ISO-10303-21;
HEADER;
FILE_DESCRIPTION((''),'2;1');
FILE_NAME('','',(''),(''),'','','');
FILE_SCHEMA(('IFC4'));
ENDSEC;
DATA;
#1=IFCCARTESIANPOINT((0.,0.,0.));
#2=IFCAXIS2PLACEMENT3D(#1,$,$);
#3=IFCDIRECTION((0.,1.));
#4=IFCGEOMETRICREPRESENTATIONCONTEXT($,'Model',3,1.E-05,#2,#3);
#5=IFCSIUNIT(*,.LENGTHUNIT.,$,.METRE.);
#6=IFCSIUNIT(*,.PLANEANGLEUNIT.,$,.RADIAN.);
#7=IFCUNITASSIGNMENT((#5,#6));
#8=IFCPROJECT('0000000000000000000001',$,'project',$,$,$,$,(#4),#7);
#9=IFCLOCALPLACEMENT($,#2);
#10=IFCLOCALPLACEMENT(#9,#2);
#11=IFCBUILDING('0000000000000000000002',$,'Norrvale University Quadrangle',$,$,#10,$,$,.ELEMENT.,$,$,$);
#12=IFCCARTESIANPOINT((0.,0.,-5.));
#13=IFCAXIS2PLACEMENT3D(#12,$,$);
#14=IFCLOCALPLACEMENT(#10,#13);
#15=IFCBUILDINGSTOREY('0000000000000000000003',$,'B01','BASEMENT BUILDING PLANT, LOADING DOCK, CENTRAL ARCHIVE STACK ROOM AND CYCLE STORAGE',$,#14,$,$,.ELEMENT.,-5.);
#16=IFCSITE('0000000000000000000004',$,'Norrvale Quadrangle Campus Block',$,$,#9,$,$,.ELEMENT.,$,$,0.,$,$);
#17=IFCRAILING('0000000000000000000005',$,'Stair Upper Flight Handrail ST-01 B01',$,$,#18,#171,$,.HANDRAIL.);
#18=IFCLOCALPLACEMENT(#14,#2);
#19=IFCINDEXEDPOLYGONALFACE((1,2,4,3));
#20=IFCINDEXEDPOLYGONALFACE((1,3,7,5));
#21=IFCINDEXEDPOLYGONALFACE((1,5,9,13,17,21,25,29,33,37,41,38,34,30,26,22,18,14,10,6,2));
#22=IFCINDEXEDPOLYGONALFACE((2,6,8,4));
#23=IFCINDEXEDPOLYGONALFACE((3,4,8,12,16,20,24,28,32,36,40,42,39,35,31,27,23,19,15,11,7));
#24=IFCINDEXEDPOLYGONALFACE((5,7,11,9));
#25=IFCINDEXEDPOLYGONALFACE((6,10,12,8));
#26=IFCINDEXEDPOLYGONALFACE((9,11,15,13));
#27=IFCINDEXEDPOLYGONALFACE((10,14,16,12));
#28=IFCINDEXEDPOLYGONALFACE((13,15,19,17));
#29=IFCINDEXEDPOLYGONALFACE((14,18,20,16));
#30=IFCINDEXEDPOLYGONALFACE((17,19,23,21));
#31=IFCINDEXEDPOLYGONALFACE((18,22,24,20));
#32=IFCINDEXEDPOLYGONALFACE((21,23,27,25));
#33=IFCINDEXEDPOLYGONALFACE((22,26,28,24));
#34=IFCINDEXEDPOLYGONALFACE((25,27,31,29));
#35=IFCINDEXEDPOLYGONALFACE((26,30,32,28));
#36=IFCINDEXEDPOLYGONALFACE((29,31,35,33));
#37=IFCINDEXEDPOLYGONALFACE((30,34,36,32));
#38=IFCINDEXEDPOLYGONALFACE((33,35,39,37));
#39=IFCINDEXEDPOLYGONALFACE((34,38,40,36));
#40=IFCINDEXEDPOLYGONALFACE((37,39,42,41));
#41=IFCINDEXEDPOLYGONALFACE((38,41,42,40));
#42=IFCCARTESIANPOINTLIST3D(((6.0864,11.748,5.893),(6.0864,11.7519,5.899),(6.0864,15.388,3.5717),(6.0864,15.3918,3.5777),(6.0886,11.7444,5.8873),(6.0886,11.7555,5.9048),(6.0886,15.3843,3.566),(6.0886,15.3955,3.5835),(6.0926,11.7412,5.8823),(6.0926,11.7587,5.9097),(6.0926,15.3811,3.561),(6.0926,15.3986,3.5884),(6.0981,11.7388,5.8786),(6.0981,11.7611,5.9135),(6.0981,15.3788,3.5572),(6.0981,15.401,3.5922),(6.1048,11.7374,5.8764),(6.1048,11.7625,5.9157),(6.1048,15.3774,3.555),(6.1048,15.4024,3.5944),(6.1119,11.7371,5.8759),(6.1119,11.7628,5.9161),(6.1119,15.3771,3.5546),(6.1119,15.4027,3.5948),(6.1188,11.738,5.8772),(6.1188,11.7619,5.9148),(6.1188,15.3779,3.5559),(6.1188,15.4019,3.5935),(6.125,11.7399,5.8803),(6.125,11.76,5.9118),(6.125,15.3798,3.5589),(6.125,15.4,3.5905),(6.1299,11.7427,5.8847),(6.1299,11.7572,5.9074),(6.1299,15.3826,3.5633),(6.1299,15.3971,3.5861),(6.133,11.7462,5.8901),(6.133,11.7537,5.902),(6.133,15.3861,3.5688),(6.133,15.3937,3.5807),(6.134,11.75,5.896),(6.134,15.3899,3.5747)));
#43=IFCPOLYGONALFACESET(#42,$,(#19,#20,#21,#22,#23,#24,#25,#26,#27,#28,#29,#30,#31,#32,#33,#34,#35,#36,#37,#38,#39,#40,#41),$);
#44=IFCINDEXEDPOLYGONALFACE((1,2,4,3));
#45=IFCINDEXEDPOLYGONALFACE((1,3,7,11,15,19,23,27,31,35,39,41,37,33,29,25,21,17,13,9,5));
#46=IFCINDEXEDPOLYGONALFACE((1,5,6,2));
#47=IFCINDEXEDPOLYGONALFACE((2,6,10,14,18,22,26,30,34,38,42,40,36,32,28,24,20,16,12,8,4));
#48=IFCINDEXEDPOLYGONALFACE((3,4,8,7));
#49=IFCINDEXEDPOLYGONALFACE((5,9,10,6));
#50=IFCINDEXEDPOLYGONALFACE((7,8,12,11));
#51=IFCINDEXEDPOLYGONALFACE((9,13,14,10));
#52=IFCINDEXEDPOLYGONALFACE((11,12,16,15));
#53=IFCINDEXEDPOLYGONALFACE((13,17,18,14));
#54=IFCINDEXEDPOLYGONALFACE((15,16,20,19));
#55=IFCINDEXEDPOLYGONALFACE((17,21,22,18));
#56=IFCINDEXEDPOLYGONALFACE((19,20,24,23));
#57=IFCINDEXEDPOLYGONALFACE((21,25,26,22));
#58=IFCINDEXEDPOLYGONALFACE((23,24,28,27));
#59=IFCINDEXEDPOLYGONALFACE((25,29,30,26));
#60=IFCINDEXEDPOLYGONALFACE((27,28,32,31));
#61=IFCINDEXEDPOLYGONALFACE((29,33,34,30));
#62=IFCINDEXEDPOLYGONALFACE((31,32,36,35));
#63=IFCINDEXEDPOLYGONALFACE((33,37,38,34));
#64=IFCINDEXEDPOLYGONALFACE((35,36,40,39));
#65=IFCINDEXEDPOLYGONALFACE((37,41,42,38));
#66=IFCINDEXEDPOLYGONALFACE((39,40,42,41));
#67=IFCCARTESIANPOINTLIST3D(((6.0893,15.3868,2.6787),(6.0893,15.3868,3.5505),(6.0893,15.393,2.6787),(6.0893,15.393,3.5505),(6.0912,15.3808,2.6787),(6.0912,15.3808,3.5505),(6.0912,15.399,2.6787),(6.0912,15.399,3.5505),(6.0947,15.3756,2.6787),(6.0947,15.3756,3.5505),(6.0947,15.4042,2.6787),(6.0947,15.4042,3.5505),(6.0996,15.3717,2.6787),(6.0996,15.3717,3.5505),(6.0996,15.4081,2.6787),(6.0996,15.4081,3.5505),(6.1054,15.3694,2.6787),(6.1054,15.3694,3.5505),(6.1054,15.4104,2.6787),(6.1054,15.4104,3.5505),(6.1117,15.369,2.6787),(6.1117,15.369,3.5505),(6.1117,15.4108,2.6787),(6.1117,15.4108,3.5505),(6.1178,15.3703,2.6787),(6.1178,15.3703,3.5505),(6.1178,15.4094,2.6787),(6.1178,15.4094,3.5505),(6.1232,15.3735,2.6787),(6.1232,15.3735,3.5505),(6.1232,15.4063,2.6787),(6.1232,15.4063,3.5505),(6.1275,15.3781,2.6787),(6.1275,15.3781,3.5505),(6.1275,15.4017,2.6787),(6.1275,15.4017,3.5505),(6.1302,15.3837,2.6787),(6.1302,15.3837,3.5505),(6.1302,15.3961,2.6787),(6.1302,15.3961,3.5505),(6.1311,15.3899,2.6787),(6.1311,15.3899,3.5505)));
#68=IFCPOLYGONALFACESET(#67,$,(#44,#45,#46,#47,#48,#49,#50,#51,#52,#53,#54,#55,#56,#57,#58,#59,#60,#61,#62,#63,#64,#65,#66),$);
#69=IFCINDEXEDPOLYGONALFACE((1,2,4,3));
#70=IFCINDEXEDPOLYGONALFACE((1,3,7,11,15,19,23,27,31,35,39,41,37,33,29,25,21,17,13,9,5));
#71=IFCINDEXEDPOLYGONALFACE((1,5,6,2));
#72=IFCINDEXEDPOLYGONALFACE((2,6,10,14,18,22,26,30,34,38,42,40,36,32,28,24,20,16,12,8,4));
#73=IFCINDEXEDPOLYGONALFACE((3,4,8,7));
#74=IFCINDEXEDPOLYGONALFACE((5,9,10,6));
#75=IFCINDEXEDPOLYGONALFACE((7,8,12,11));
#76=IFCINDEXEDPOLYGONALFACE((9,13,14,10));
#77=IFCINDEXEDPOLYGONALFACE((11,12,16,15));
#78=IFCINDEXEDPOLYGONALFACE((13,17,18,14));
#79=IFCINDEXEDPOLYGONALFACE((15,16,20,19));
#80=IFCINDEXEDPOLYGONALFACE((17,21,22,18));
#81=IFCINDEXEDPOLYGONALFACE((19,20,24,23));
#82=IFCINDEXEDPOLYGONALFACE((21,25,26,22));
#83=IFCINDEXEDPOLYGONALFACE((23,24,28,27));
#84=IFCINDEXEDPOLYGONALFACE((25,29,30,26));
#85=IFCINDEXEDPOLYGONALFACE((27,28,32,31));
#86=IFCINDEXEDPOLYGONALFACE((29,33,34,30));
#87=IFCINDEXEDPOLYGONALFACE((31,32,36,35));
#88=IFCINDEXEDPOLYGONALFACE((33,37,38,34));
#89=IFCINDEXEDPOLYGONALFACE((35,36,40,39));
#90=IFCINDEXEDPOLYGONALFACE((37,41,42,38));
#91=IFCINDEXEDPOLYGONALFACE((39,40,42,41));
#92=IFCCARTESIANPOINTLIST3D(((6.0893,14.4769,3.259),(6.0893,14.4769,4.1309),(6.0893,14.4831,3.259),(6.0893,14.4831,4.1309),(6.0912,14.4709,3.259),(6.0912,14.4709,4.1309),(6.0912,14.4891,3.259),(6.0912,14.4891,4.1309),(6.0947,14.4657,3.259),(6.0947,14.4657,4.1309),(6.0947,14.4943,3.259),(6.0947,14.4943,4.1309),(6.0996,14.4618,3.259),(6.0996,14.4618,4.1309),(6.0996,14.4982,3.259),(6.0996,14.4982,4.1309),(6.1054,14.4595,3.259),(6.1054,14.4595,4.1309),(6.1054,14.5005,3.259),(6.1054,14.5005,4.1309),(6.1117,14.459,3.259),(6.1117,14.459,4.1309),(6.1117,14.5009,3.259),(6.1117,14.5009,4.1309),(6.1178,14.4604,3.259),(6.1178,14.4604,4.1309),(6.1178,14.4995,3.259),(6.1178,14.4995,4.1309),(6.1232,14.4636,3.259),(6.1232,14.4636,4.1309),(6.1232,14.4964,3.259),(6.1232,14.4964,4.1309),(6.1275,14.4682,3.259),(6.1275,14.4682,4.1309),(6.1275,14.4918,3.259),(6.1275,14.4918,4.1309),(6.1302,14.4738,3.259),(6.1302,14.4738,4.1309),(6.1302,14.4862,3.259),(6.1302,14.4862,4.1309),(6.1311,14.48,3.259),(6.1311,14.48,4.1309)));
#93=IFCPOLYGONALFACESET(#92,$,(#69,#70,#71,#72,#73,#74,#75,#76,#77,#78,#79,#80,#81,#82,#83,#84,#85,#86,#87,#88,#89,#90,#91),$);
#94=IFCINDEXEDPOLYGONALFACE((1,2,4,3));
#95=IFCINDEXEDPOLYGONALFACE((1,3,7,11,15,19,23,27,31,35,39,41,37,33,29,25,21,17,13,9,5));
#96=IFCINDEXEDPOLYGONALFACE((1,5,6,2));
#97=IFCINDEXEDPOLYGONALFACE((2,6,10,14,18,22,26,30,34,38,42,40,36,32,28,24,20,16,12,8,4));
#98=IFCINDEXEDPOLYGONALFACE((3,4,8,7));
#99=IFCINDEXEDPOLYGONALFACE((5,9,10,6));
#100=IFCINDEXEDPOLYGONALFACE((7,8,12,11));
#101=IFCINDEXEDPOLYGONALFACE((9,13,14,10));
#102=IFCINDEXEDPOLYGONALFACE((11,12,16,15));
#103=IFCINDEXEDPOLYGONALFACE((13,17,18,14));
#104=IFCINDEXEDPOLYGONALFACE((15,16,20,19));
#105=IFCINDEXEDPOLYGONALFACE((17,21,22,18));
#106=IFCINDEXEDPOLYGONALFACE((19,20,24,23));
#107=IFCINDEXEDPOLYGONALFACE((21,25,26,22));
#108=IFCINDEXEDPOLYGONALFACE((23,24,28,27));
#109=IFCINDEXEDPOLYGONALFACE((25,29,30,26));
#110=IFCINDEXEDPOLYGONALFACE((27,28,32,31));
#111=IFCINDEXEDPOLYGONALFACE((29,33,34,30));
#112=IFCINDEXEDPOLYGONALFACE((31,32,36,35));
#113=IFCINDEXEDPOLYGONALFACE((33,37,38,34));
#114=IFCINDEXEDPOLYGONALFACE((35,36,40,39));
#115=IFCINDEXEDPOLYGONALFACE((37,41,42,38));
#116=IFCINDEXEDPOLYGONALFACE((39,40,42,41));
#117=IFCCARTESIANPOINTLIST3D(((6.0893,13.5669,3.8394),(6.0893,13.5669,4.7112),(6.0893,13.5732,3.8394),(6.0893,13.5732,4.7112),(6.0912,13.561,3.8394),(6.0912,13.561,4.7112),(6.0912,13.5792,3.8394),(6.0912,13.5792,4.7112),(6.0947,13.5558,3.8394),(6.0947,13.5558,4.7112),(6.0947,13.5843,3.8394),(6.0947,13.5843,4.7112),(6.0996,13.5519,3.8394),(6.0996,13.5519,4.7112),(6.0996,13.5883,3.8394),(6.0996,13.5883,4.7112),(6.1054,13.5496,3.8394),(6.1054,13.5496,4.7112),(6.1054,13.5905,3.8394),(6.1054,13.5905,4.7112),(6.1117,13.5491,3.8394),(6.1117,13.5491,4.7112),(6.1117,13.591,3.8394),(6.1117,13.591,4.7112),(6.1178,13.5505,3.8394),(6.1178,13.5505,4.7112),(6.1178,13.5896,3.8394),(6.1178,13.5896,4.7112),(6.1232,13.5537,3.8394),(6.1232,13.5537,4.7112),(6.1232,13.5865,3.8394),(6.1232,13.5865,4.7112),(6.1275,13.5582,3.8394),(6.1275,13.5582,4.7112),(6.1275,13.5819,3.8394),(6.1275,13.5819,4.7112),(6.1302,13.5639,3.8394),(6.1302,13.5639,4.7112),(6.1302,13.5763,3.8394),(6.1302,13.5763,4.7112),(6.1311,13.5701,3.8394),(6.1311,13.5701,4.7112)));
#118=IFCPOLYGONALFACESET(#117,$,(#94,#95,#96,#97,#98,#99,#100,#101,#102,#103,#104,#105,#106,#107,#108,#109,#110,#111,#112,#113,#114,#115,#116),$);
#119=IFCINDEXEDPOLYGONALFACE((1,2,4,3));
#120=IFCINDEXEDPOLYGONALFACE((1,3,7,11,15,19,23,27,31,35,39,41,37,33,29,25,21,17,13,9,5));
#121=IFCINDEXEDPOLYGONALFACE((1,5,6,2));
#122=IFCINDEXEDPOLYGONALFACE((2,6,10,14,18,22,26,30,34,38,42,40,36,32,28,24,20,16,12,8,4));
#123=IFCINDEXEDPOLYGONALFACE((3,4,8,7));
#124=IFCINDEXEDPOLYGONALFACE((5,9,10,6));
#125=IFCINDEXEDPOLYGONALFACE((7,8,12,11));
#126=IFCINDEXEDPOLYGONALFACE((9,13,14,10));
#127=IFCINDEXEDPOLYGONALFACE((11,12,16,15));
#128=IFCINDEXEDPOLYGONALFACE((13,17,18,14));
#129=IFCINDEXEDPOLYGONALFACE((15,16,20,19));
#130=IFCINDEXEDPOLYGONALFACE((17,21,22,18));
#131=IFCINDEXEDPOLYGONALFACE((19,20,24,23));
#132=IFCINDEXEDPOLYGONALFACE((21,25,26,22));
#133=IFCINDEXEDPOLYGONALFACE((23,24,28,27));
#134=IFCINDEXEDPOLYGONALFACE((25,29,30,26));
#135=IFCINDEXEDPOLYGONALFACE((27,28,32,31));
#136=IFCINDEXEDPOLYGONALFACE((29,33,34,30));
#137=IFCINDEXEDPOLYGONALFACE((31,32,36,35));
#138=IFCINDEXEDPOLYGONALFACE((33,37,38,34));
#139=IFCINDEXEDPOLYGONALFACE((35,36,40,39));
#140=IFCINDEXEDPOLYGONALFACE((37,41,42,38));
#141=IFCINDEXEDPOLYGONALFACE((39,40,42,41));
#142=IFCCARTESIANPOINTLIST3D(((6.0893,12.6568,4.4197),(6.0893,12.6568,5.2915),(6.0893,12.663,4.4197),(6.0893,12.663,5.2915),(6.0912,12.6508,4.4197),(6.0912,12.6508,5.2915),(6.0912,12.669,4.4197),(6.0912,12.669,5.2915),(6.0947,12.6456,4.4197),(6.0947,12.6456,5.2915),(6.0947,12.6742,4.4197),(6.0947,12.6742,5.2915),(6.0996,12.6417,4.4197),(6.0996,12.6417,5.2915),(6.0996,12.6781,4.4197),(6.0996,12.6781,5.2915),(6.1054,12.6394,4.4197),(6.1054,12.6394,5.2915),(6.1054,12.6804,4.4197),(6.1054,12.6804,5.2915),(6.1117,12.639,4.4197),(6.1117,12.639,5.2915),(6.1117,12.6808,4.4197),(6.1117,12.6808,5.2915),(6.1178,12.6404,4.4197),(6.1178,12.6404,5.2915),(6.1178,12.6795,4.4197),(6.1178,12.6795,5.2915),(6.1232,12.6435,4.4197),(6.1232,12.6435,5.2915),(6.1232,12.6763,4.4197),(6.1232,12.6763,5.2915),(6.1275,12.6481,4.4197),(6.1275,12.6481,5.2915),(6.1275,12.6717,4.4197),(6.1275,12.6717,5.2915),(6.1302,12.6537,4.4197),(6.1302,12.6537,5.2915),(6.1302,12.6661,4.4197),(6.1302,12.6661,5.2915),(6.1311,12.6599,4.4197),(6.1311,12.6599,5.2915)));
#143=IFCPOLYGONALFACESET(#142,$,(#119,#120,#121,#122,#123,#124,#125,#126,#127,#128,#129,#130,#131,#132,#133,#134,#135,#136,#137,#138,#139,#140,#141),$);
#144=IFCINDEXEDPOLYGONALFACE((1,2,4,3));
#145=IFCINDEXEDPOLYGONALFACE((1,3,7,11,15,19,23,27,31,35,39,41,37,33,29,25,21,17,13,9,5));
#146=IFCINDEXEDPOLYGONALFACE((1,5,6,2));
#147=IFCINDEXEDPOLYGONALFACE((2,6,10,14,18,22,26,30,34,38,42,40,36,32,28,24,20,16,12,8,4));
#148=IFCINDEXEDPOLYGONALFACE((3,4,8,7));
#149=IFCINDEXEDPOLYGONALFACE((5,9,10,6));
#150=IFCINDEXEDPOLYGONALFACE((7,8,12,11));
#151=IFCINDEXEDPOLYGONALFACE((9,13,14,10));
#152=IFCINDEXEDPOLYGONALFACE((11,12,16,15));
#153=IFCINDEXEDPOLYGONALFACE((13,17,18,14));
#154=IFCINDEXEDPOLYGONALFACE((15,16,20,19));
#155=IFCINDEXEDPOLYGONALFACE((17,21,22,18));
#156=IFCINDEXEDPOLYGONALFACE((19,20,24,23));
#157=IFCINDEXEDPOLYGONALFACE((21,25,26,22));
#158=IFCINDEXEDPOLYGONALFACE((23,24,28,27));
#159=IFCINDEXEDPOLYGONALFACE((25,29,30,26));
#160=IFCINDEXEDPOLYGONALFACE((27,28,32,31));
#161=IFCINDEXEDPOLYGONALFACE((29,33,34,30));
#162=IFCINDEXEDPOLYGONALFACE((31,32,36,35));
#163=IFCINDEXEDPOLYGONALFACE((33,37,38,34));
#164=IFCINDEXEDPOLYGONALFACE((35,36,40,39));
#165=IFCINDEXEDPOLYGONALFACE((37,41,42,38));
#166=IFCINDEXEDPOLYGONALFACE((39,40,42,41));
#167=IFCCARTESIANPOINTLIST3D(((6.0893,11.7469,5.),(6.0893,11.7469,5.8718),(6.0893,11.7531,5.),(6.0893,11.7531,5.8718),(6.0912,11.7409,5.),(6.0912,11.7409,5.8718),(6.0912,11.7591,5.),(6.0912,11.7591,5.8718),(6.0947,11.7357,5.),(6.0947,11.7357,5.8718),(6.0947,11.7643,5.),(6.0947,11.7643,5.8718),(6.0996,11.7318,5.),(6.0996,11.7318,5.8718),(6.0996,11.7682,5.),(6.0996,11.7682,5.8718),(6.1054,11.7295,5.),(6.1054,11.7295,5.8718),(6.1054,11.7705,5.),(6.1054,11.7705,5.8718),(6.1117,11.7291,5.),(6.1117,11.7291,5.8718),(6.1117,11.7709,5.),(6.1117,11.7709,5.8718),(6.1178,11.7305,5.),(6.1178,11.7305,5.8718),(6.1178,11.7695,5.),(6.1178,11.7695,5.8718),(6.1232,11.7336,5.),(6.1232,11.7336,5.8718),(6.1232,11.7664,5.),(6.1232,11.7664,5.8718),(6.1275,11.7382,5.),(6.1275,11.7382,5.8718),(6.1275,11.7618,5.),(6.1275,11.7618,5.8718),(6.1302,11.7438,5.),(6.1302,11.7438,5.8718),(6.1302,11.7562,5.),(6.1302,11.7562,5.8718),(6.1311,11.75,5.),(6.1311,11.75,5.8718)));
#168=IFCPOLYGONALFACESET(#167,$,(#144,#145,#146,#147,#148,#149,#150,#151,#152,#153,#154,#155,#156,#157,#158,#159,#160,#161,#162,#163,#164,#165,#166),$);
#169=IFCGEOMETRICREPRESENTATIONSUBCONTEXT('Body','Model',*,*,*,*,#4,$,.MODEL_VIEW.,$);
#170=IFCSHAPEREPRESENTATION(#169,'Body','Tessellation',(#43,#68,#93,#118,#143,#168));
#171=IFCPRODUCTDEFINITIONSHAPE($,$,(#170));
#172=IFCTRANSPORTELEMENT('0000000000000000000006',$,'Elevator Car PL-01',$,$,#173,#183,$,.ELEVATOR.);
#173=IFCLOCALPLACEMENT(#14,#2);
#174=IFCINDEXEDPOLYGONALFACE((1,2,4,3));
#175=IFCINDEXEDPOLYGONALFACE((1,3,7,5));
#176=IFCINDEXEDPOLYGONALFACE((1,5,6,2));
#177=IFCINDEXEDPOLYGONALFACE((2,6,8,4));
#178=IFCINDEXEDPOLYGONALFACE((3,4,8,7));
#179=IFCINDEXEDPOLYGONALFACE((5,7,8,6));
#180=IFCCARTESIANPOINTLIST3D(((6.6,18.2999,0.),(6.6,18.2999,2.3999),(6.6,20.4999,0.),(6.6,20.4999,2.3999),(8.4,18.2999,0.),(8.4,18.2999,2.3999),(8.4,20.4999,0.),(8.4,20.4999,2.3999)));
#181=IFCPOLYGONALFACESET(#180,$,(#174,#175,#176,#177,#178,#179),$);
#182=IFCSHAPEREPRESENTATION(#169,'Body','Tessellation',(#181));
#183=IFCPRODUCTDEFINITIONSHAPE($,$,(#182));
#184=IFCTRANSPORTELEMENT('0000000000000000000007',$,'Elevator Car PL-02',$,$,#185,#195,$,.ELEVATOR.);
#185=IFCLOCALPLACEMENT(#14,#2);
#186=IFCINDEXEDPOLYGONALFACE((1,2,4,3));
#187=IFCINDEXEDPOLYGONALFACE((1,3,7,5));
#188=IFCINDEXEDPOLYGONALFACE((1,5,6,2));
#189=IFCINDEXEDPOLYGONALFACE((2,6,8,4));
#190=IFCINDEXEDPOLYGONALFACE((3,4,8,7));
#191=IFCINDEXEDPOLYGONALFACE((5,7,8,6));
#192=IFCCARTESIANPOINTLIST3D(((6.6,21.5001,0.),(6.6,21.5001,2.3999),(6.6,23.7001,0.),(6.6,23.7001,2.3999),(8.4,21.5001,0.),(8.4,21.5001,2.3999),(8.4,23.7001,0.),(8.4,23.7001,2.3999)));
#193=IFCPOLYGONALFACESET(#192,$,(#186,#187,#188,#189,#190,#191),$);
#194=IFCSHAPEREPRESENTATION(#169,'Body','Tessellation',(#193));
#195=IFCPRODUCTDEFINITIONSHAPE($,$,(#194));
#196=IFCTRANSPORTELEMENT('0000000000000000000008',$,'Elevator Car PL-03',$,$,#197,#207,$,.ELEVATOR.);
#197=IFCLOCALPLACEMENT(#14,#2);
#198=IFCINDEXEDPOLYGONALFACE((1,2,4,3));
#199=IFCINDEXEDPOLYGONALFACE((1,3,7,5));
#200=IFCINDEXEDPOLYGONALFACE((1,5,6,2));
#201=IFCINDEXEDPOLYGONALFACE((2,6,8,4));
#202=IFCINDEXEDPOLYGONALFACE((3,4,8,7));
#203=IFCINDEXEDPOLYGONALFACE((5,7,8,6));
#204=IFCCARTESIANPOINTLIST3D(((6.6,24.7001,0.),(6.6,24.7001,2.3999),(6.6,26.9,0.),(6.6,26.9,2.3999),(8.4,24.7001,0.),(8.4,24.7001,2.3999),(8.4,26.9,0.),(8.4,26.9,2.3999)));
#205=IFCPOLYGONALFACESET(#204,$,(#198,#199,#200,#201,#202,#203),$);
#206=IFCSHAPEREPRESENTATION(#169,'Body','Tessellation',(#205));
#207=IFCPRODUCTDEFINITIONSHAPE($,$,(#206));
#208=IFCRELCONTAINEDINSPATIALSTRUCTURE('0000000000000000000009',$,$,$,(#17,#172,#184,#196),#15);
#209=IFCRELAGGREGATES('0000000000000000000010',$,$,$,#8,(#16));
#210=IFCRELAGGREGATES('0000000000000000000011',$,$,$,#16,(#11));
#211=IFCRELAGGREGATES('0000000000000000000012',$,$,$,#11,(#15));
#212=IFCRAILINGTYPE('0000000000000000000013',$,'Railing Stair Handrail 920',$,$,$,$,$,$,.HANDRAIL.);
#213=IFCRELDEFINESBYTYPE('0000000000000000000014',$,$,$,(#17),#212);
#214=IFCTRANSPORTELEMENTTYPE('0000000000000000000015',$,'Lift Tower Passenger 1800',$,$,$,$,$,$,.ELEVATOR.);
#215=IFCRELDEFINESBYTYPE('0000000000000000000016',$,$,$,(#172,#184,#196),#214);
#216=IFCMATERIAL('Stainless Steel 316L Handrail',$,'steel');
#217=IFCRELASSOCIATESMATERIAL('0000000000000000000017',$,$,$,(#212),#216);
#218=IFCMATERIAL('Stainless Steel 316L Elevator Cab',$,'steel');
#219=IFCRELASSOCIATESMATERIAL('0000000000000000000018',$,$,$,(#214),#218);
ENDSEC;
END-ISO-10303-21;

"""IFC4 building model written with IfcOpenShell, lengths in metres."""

from ifc_helpers import new_model, si_unit, direction, frame, origin, origin_2d, place, context, subcontext, project, spatial, rectangle, circle, extrude, material, type_object, element, save


model = new_model("IFC4")

# Units and contexts
model_context = context("Model", 3, precision=1e-05, world=origin(), true_north=direction((0.0, 1.0)))
body_context = subcontext(model_context, "Body", "Model", "MODEL_VIEW")
ifc_project = project(units=[si_unit("LENGTHUNIT", "METRE"), si_unit("PLANEANGLEUNIT", "RADIAN")], contexts=[model_context])

# Site, building, storey
site_placement = place(None, origin())
site = spatial("IfcSite", under=ifc_project, at=site_placement, Name="Norrvale Quadrangle Campus Block", CompositionType="ELEMENT", RefElevation=0.0)
building_placement = place(site_placement, origin())
building = spatial("IfcBuilding", under=site, at=building_placement, Name="Norrvale University Quadrangle", CompositionType="ELEMENT")
storey_placement = place(building_placement, frame((0.0, 0.0, -5.0)))
storey = spatial("IfcBuildingStorey", under=building, at=storey_placement, Name="B01", Description="BASEMENT BUILDING PLANT, LOADING DOCK, CENTRAL ARCHIVE STACK ROOM AND CYCLE STORAGE", CompositionType="ELEMENT", Elevation=-5.0)

# Railing
ifc_material_1 = material(Name="Stainless Steel 316L Handrail", Category="steel")
railing_type_1 = type_object("IfcRailingType", Name="Railing Stair Handrail 920", PredefinedType="HANDRAIL", material=ifc_material_1)
railing_1_placement = place(storey_placement, frame((6.1101, 15.3899, 2.6787)))
element("IfcRailing", 1, at=railing_1_placement, inside=storey, type_object=railing_type_1, Name="Stair Upper Flight Handrail ST-01 B01", PredefinedType="HANDRAIL", context=body_context, shape_type="SweptSolid", body=[
    extrude(circle(Radius=0.0239, at=origin_2d()), frame((0.0, 0.0, 0.896), z_axis=(0.0, -0.843137, 0.537699), x_axis=(1.0, 0.0, 0.0)), (0.0, 0.0, 1.0), 4.3171),
    extrude(circle(Radius=0.021, at=origin_2d()), origin(), (0.0, 0.0, 1.0), 0.8718),
    extrude(circle(Radius=0.021, at=origin_2d()), frame((0.0, -0.9099, 0.5803)), (0.0, 0.0, 1.0), 0.8718),
    extrude(circle(Radius=0.021, at=origin_2d()), frame((0.0, -1.8198, 1.1606)), (0.0, 0.0, 1.0), 0.8718),
    extrude(circle(Radius=0.021, at=origin_2d()), frame((0.0, -2.73, 1.741)), (0.0, 0.0, 1.0), 0.8718),
    extrude(circle(Radius=0.021, at=origin_2d()), frame((0.0, -3.6399, 2.3213)), (0.0, 0.0, 1.0), 0.8718),
])

# Transport elements
ifc_material_2 = material(Name="Stainless Steel 316L Elevator Cab", Category="steel")
transport_element_type = type_object("IfcTransportElementType", Name="Lift Tower Passenger 1800", PredefinedType="ELEVATOR", material=ifc_material_2)
for number, where, z_axis, x_axis, name in (
    (2, (7.5, 19.3999, 0.0), (0.0, 0.0, 1.0), (1.0, 0.0, 0.0), "Elevator Car PL-01"),
    (3, (7.5, 22.6001, 0.0), (0.0, 0.0, 1.0), (1.0, 0.0, 0.0), "Elevator Car PL-02"),
    (4, (7.5, 25.8, 0.0), (0.0, 0.0, 1.0), (1.0, 0.0, 0.0), "Elevator Car PL-03"),
):
    element("IfcTransportElement", number, at=place(storey_placement, frame(where, z_axis=z_axis, x_axis=x_axis)), inside=storey, type_object=transport_element_type, Name=name, PredefinedType="ELEVATOR", context=body_context, shape_type="SweptSolid", body=[
        extrude(rectangle(XDim=1.8, YDim=2.2, at=origin_2d()), origin(), (0.0, 0.0, 1.0), 2.3999),
    ])

save(model, "model.ifc")
